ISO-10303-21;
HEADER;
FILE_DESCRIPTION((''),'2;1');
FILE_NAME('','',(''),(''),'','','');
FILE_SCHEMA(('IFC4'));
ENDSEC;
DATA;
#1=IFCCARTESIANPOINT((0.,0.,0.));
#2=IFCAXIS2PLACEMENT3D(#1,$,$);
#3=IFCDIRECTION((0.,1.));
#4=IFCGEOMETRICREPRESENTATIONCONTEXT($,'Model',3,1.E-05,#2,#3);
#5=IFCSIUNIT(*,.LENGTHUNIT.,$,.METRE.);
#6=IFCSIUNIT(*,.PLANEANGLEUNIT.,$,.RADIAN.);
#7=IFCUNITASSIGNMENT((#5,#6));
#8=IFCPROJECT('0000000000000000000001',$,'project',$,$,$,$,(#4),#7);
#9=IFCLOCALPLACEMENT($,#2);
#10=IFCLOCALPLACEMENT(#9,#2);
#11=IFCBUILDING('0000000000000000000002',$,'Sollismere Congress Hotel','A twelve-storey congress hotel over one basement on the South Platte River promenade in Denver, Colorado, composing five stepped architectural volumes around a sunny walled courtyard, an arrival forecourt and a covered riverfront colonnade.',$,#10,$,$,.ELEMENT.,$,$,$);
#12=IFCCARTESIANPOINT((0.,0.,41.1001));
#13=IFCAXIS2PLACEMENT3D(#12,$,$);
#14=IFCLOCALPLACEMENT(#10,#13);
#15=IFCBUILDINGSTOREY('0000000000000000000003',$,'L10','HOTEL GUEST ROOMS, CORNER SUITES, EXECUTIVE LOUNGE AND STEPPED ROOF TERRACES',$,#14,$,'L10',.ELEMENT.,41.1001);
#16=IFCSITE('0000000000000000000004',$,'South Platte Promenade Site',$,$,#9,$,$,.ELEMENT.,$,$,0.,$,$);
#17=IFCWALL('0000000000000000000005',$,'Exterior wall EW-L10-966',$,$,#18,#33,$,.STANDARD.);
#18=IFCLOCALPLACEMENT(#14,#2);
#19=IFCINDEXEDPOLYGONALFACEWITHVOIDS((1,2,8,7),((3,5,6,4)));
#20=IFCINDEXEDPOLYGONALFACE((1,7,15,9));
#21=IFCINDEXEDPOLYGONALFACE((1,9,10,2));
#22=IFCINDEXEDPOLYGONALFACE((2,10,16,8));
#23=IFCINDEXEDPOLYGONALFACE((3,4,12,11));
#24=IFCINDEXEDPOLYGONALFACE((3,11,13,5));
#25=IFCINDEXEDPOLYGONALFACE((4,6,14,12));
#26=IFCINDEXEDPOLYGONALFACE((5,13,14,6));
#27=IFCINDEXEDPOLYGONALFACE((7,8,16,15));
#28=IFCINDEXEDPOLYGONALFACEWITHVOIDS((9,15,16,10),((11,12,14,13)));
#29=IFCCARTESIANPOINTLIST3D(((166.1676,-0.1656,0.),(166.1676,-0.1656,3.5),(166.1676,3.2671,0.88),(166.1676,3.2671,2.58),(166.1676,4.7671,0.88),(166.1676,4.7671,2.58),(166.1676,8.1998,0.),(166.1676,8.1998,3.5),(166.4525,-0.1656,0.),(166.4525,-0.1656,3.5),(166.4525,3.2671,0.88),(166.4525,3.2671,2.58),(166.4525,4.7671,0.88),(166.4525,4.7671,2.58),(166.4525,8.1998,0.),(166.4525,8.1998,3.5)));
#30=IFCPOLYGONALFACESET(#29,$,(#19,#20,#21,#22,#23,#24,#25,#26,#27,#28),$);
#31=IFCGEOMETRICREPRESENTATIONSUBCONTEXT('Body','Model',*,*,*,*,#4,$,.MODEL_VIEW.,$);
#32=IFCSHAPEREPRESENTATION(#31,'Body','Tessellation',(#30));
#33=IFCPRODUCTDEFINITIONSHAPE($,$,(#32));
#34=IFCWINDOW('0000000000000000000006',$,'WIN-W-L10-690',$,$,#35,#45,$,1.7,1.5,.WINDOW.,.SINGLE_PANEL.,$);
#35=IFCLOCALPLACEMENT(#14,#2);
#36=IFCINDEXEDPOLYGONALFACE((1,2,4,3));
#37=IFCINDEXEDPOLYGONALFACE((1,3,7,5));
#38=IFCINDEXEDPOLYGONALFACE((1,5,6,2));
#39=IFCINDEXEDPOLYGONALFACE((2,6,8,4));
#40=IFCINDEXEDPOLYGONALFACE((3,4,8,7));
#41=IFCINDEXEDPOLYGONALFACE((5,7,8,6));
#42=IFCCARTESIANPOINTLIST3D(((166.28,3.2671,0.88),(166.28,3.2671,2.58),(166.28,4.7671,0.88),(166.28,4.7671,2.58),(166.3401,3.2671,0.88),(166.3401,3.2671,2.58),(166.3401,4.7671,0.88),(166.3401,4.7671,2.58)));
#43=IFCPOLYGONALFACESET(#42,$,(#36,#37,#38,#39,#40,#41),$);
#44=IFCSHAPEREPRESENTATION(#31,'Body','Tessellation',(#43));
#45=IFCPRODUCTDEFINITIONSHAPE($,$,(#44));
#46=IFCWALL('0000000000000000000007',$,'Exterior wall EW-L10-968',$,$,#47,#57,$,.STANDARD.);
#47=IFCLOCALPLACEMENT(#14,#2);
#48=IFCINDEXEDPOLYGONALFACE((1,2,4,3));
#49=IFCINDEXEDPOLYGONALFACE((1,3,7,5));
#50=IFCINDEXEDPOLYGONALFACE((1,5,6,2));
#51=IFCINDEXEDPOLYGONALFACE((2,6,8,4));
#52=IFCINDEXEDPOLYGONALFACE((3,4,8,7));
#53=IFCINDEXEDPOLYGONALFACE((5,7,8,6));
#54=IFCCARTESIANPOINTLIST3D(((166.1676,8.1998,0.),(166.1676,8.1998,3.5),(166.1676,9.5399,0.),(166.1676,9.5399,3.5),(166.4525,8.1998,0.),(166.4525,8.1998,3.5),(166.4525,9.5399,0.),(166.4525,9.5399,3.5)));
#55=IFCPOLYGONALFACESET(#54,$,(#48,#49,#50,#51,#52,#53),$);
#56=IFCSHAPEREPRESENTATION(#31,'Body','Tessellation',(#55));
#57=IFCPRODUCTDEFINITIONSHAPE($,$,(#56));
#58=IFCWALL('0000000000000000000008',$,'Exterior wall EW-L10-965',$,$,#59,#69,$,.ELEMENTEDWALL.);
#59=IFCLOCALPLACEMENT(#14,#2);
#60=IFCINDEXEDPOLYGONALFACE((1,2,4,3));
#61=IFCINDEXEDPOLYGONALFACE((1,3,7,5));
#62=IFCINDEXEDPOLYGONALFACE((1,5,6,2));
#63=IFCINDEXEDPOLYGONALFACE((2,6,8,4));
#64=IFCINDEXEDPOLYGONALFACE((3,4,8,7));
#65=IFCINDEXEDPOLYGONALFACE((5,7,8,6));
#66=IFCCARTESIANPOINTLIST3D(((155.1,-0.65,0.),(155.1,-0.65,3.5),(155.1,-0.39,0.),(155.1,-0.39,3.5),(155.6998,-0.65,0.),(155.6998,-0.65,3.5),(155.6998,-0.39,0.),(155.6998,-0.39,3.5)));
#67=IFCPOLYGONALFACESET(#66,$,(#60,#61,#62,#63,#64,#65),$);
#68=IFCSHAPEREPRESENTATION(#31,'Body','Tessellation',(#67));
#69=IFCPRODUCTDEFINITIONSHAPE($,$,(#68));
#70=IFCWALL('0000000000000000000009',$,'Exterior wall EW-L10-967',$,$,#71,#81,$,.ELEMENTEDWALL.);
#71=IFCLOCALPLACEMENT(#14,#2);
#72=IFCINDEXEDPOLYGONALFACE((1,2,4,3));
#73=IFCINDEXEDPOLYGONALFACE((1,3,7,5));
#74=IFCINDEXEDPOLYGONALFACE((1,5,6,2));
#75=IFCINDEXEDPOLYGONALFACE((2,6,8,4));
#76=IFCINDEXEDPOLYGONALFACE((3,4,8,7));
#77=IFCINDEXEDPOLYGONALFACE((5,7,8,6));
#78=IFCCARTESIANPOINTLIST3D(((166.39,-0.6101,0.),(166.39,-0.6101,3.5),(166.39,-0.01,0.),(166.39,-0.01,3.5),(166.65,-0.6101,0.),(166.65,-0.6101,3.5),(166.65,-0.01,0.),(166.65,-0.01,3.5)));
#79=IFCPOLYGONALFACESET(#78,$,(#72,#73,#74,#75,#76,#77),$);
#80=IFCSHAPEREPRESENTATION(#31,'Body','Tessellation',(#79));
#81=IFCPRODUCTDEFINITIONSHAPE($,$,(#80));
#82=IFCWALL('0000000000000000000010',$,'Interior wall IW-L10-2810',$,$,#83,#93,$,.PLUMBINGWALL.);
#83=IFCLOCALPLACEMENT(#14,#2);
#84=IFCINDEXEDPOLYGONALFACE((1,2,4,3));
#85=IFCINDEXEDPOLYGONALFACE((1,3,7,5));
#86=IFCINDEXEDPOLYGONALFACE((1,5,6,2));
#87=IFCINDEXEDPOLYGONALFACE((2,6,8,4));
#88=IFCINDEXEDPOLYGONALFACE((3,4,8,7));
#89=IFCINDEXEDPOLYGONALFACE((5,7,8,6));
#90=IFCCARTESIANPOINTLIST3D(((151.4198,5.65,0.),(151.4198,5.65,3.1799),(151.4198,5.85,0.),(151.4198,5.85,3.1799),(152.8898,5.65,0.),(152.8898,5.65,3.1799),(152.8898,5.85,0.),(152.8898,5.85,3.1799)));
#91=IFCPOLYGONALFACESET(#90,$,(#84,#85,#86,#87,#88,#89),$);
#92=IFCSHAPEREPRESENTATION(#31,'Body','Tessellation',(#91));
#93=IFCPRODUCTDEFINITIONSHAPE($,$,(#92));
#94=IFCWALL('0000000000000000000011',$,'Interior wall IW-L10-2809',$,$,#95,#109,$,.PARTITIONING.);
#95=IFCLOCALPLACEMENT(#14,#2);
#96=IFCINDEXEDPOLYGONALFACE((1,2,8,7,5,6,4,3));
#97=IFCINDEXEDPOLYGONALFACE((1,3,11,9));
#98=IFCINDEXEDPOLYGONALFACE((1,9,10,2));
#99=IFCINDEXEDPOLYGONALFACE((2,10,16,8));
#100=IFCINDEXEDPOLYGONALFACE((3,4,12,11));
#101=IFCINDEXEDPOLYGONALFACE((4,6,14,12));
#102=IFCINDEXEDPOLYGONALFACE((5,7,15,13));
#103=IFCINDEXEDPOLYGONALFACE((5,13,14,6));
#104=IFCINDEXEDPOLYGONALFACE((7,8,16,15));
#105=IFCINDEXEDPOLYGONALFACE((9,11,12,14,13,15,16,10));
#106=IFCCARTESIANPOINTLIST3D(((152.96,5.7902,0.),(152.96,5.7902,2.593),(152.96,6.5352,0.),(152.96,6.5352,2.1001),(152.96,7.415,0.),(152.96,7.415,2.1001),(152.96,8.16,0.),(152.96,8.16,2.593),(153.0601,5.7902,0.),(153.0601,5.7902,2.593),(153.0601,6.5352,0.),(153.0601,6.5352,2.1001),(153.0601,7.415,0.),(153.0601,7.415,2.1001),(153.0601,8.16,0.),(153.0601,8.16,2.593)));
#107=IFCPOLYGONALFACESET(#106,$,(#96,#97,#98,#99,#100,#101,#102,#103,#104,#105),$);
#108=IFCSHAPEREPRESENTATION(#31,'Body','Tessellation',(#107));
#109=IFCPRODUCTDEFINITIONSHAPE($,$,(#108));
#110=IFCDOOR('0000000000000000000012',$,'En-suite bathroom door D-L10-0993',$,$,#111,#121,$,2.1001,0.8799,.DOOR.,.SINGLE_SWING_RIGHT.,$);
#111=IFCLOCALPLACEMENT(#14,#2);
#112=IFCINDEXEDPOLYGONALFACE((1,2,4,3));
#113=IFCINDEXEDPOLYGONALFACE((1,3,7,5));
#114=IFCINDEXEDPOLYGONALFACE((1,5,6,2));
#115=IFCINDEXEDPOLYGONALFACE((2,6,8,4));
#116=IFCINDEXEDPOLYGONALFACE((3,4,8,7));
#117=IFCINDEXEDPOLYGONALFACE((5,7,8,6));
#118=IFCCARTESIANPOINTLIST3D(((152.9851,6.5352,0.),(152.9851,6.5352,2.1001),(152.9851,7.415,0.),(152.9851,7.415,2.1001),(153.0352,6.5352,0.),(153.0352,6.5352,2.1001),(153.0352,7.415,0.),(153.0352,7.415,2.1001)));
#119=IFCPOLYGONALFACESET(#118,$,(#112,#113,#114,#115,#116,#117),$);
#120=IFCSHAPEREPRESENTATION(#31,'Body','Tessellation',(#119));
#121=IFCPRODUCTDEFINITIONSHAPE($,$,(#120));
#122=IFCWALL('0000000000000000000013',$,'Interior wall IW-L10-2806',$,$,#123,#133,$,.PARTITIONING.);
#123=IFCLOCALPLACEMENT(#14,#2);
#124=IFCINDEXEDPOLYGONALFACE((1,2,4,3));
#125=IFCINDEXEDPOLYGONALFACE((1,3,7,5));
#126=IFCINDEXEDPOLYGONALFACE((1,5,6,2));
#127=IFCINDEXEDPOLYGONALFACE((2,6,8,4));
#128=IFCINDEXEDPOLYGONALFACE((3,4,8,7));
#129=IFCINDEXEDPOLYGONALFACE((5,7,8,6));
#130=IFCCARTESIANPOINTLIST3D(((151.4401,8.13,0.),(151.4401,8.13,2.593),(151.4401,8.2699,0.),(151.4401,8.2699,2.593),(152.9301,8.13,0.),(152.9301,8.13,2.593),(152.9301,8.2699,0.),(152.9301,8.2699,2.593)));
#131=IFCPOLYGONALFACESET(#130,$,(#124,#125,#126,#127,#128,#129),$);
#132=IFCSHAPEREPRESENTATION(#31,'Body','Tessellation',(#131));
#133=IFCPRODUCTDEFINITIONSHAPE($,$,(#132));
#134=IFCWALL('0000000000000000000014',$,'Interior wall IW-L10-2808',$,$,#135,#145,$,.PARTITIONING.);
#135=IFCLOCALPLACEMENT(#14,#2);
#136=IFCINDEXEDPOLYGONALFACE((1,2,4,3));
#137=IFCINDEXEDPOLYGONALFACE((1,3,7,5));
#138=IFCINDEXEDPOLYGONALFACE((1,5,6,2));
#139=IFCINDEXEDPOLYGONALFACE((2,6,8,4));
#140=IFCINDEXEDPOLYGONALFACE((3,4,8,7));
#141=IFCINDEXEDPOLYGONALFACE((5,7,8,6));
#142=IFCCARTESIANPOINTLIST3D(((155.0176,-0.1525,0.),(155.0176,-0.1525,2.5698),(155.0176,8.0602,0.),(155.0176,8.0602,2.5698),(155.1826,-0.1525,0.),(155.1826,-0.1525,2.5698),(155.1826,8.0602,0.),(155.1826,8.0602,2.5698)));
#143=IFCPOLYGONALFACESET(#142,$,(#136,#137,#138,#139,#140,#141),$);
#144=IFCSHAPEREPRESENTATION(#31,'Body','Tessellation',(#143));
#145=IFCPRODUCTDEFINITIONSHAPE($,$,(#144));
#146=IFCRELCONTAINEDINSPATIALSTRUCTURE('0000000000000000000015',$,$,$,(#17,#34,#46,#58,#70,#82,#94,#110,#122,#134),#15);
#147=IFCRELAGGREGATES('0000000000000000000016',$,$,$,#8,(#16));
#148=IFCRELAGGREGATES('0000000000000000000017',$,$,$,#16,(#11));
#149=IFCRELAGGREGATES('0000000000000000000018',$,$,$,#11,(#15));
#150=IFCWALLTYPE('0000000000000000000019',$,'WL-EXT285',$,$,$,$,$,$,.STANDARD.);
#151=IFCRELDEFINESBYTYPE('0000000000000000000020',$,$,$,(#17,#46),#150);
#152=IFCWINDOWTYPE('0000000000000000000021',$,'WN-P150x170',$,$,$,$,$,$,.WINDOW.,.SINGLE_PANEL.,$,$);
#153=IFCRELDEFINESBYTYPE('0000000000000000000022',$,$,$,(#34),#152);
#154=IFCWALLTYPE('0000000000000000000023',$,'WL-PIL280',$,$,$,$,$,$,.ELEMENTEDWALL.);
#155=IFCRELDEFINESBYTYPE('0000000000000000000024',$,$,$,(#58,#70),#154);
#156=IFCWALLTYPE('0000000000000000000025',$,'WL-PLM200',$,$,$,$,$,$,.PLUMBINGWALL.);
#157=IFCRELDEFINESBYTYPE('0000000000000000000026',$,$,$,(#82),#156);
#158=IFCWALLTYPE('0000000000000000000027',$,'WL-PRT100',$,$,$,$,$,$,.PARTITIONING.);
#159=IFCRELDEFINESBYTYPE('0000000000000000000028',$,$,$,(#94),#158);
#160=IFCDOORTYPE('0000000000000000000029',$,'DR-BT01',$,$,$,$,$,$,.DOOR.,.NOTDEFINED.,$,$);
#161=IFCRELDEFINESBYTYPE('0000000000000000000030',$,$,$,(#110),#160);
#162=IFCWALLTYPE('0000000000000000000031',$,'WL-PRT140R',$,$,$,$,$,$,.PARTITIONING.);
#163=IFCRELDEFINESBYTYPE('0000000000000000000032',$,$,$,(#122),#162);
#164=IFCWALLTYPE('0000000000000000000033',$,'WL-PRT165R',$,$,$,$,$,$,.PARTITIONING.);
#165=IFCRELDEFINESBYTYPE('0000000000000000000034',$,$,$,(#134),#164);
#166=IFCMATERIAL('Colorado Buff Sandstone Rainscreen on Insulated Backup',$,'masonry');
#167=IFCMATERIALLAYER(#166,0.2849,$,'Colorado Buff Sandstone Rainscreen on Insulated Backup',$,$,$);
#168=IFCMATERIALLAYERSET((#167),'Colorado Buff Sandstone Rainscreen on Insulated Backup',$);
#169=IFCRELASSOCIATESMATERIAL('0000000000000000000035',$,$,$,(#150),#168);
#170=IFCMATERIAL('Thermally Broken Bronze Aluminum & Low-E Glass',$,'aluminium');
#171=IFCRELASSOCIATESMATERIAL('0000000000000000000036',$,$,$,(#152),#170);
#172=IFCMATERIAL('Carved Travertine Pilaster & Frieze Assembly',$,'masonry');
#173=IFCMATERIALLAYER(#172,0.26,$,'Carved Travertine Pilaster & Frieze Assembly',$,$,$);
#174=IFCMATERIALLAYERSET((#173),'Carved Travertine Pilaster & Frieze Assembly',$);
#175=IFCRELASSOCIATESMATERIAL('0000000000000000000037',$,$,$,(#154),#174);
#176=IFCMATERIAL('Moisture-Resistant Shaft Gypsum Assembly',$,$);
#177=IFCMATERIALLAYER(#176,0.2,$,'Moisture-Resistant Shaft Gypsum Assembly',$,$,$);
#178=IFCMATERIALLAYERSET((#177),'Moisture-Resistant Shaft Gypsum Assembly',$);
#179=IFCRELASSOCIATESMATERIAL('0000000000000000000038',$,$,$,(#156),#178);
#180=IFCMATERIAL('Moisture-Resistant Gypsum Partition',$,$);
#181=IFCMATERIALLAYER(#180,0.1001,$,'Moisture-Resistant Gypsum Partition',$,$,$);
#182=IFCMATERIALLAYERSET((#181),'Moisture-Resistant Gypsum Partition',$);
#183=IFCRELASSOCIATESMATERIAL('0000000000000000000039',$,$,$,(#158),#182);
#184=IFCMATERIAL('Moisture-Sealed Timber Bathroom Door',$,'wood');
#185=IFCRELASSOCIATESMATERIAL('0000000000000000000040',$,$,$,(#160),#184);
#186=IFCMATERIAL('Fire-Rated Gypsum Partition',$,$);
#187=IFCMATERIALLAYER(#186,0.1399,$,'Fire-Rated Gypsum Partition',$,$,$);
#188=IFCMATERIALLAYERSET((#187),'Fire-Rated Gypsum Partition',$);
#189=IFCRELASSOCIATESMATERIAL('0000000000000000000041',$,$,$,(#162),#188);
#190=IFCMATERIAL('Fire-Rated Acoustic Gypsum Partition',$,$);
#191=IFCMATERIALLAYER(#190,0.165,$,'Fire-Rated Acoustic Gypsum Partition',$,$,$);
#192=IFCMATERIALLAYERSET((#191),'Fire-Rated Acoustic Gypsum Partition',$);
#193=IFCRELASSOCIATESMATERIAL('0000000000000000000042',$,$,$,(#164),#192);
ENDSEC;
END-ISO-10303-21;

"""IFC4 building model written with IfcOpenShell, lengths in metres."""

from ifc_helpers import new_model, si_unit, direction, frame, frame_2d, origin, place, context, subcontext, project, spatial, rectangle, extrude, material, layer, layer_set, type_object, element, fill, save


model = new_model("IFC4")

# Units and contexts
model_context = context("Model", 3, precision=1e-05, world=origin(), true_north=direction((0.0, 1.0)))
body_context = subcontext(model_context, "Body", "Model", "MODEL_VIEW")
ifc_project = project(units=[si_unit("LENGTHUNIT", "METRE"), si_unit("PLANEANGLEUNIT", "RADIAN")], contexts=[model_context])

# Site, building, storey
site_placement = place(None, origin())
site = spatial("IfcSite", under=ifc_project, at=site_placement, Name="South Platte Promenade Site", CompositionType="ELEMENT", RefElevation=0.0)
building_placement = place(site_placement, origin())
building = spatial("IfcBuilding", under=site, at=building_placement, Name="Sollismere Congress Hotel", Description="A twelve-storey congress hotel over one basement on the South Platte River promenade in Denver, Colorado, composing five stepped architectural volumes around a sunny walled courtyard, an arrival forecourt and a covered riverfront colonnade.", CompositionType="ELEMENT")
storey_placement = place(building_placement, frame((0.0, 0.0, 41.1001)))
storey = spatial("IfcBuildingStorey", under=building, at=storey_placement, Name="L10", Description="HOTEL GUEST ROOMS, CORNER SUITES, EXECUTIVE LOUNGE AND STEPPED ROOF TERRACES", LongName="L10", CompositionType="ELEMENT", Elevation=41.1001)

# Shared definitions
ifc_material_1 = material(Name="Colorado Buff Sandstone Rainscreen on Insulated Backup", Category="masonry")
ifc_layer_1 = layer(ifc_material_1, 0.2849, Name="Colorado Buff Sandstone Rainscreen on Insulated Backup")
ifc_layer_set_1 = layer_set([ifc_layer_1], Name="Colorado Buff Sandstone Rainscreen on Insulated Backup")
wall_type_1 = type_object("IfcWallType", Name="WL-EXT285", PredefinedType="STANDARD", material=ifc_layer_set_1)

# Wall, opening, window
ifc_material_2 = material(Name="Thermally Broken Bronze Aluminum & Low-E Glass", Category="aluminium")
window_type = type_object("IfcWindowType", Name="WN-P150x170", PartitioningType="SINGLE_PANEL", PredefinedType="WINDOW", material=ifc_material_2)
wall_1_placement = place(storey_placement, frame((166.3101, -0.1655, 0.0), z_axis=(0.0, 0.0, 1.0), x_axis=(0.0, 1.0, 0.0)))
wall_1 = element("IfcWall", 1, at=wall_1_placement, inside=storey, type_object=wall_type_1, Name="Exterior wall EW-L10-966", PredefinedType="STANDARD", context=body_context, shape_type="SweptSolid", body=[
    extrude(rectangle(XDim=8.3655, YDim=0.2849, at=frame_2d((4.1826, 0.0))), origin(), (0.0, 0.0, 1.0), 3.5),
])
opening_1_placement = place(wall_1_placement, frame((3.4326, 0.0, 0.8799)))
opening_1 = element("IfcOpeningElement", 2, at=opening_1_placement, cuts=wall_1, PredefinedType="OPENING", context=body_context, shape_type="SweptSolid", body=[
    extrude(rectangle(XDim=1.5, YDim=1.7, at=frame_2d((0.75, 0.8501))), frame((0.0, 0.1523, 0.0), z_axis=(0.0, -1.0, 0.0), x_axis=(1.0, 0.0, 0.0)), (0.0, 0.0, 1.0), 0.3049),
])
window_1_placement = place(opening_1_placement, origin())
window_1 = element("IfcWindow", 3, at=window_1_placement, inside=storey, type_object=window_type, Name="WIN-W-L10-690", OverallHeight=1.7, OverallWidth=1.5, PartitioningType="SINGLE_PANEL", PredefinedType="WINDOW", context=body_context, shape_type="SweptSolid", body=[
    extrude(rectangle(XDim=1.5, YDim=1.7, at=frame_2d((0.75, 0.8501))), frame((0.0, 0.03, 0.0), z_axis=(0.0, -1.0, 0.0), x_axis=(1.0, 0.0, 0.0)), (0.0, 0.0, 1.0), 0.0601),
])
fill(opening_1, window_1)

# Walls
wall_2_placement = place(storey_placement, frame((166.3101, 8.2, 0.0), z_axis=(0.0, 0.0, 1.0), x_axis=(0.0, 1.0, 0.0)))
element("IfcWall", 4, at=wall_2_placement, inside=storey, type_object=wall_type_1, Name="Exterior wall EW-L10-968", PredefinedType="STANDARD", context=body_context, shape_type="SweptSolid", body=[
    extrude(rectangle(XDim=1.3401, YDim=0.2849, at=frame_2d((0.6699, 0.0))), origin(), (0.0, 0.0, 1.0), 3.5),
])
ifc_material_3 = material(Name="Carved Travertine Pilaster & Frieze Assembly", Category="masonry")
ifc_layer_2 = layer(ifc_material_3, 0.26, Name="Carved Travertine Pilaster & Frieze Assembly")
ifc_layer_set_2 = layer_set([ifc_layer_2], Name="Carved Travertine Pilaster & Frieze Assembly")
wall_type_2 = type_object("IfcWallType", Name="WL-PIL280", PredefinedType="ELEMENTEDWALL", material=ifc_layer_set_2)
wall_3_placement = place(storey_placement, frame((155.1001, -0.52, 0.0), z_axis=(0.0, 0.0, 1.0), x_axis=(1.0, 0.0, 0.0)))
element("IfcWall", 5, at=wall_3_placement, inside=storey, type_object=wall_type_2, Name="Exterior wall EW-L10-965", PredefinedType="ELEMENTEDWALL", context=body_context, shape_type="SweptSolid", body=[
    extrude(rectangle(XDim=0.5999, YDim=0.26, at=frame_2d((0.2998, 0.0))), origin(), (0.0, 0.0, 1.0), 3.5),
])
wall_4_placement = place(storey_placement, frame((166.52, -0.6101, 0.0), z_axis=(0.0, 0.0, 1.0), x_axis=(0.0, 1.0, 0.0)))
element("IfcWall", 6, at=wall_4_placement, inside=storey, type_object=wall_type_2, Name="Exterior wall EW-L10-967", PredefinedType="ELEMENTEDWALL", context=body_context, shape_type="SweptSolid", body=[
    extrude(rectangle(XDim=0.6001, YDim=0.26, at=frame_2d((0.3, 0.0))), origin(), (0.0, 0.0, 1.0), 3.5),
])
ifc_material_4 = material(Name="Moisture-Resistant Shaft Gypsum Assembly")
ifc_layer_3 = layer(ifc_material_4, 0.2, Name="Moisture-Resistant Shaft Gypsum Assembly")
ifc_layer_set_3 = layer_set([ifc_layer_3], Name="Moisture-Resistant Shaft Gypsum Assembly")
wall_type_3 = type_object("IfcWallType", Name="WL-PLM200", PredefinedType="PLUMBINGWALL", material=ifc_layer_set_3)
wall_5_placement = place(storey_placement, frame((151.4199, 5.75, 0.0), z_axis=(0.0, 0.0, 1.0), x_axis=(1.0, 0.0, 0.0)))
element("IfcWall", 7, at=wall_5_placement, inside=storey, type_object=wall_type_3, Name="Interior wall IW-L10-2810", PredefinedType="PLUMBINGWALL", context=body_context, shape_type="SweptSolid", body=[
    extrude(rectangle(XDim=1.47, YDim=0.2, at=frame_2d((0.7349, 0.0))), origin(), (0.0, 0.0, 1.0), 3.1799),
])

# Wall, opening, door
ifc_material_5 = material(Name="Moisture-Resistant Gypsum Partition")
ifc_layer_4 = layer(ifc_material_5, 0.1001, Name="Moisture-Resistant Gypsum Partition")
ifc_layer_set_4 = layer_set([ifc_layer_4], Name="Moisture-Resistant Gypsum Partition")
wall_type_4 = type_object("IfcWallType", Name="WL-PRT100", PredefinedType="PARTITIONING", material=ifc_layer_set_4)
wall_6_placement = place(storey_placement, frame((153.01, 5.79, 0.0), z_axis=(0.0, 0.0, 1.0), x_axis=(0.0, 1.0, 0.0)))
wall_6 = element("IfcWall", 8, at=wall_6_placement, inside=storey, type_object=wall_type_4, Name="Interior wall IW-L10-2809", PredefinedType="PARTITIONING", context=body_context, shape_type="SweptSolid", body=[
    extrude(rectangle(XDim=2.3699, YDim=0.1001, at=frame_2d((1.1851, 0.0))), origin(), (0.0, 0.0, 1.0), 2.593),
])
opening_2_placement = place(wall_6_placement, frame((0.7451, 0.0, 0.0)))
opening_2 = element("IfcOpeningElement", 9, at=opening_2_placement, cuts=wall_6, PredefinedType="OPENING", context=body_context, shape_type="SweptSolid", body=[
    extrude(rectangle(XDim=0.8799, YDim=2.1001, at=frame_2d((0.4399, 1.05))), frame((0.0, 0.0601, 0.0), z_axis=(0.0, -1.0, 0.0), x_axis=(1.0, 0.0, 0.0)), (0.0, 0.0, 1.0), 0.1201),
])
ifc_material_6 = material(Name="Moisture-Sealed Timber Bathroom Door", Category="wood")
door_type_1 = type_object("IfcDoorType", Name="DR-BT01", OperationType="NOTDEFINED", PredefinedType="DOOR", material=ifc_material_6)
door_1_placement = place(opening_2_placement, origin())
door_1 = element("IfcDoor", 10, at=door_1_placement, inside=storey, type_object=door_type_1, Name="En-suite bathroom door D-L10-0993", OperationType="SINGLE_SWING_RIGHT", OverallHeight=2.1001, OverallWidth=0.8799, PredefinedType="DOOR", context=body_context, shape_type="SweptSolid", body=[
    extrude(rectangle(XDim=0.8799, YDim=2.1001, at=frame_2d((0.4399, 1.05))), frame((0.0, 0.0249, 0.0), z_axis=(0.0, -1.0, 0.0), x_axis=(1.0, 0.0, 0.0)), (0.0, 0.0, 1.0), 0.05),
])
fill(opening_2, door_1)

# Wall
ifc_material_7 = material(Name="Fire-Rated Gypsum Partition")
ifc_layer_5 = layer(ifc_material_7, 0.1399, Name="Fire-Rated Gypsum Partition")
ifc_layer_set_5 = layer_set([ifc_layer_5], Name="Fire-Rated Gypsum Partition")
wall_type_5 = type_object("IfcWallType", Name="WL-PRT140R", PredefinedType="PARTITIONING", material=ifc_layer_set_5)
wall_7_placement = place(storey_placement, frame((151.4399, 8.2, 0.0), z_axis=(0.0, 0.0, 1.0), x_axis=(1.0, 0.0, 0.0)))
element("IfcWall", 11, at=wall_7_placement, inside=storey, type_object=wall_type_5, Name="Interior wall IW-L10-2806", PredefinedType="PARTITIONING", context=body_context, shape_type="SweptSolid", body=[
    extrude(rectangle(XDim=1.49, YDim=0.1399, at=frame_2d((0.7451, 0.0))), origin(), (0.0, 0.0, 1.0), 2.593),
])

# Wall
ifc_material_8 = material(Name="Fire-Rated Acoustic Gypsum Partition")
ifc_layer_6 = layer(ifc_material_8, 0.165, Name="Fire-Rated Acoustic Gypsum Partition")
ifc_layer_set_6 = layer_set([ifc_layer_6], Name="Fire-Rated Acoustic Gypsum Partition")
wall_type_6 = type_object("IfcWallType", Name="WL-PRT165R", PredefinedType="PARTITIONING", material=ifc_layer_set_6)
wall_8_placement = place(storey_placement, frame((155.1001, -0.1526, 0.0), z_axis=(0.0, 0.0, 1.0), x_axis=(0.0, 1.0, 0.0)))
element("IfcWall", 12, at=wall_8_placement, inside=storey, type_object=wall_type_6, Name="Interior wall IW-L10-2808", PredefinedType="PARTITIONING", context=body_context, shape_type="SweptSolid", body=[
    extrude(rectangle(XDim=8.2126, YDim=0.165, at=frame_2d((4.1064, 0.0))), origin(), (0.0, 0.0, 1.0), 2.5698),
])

save(model, "model.ifc")
